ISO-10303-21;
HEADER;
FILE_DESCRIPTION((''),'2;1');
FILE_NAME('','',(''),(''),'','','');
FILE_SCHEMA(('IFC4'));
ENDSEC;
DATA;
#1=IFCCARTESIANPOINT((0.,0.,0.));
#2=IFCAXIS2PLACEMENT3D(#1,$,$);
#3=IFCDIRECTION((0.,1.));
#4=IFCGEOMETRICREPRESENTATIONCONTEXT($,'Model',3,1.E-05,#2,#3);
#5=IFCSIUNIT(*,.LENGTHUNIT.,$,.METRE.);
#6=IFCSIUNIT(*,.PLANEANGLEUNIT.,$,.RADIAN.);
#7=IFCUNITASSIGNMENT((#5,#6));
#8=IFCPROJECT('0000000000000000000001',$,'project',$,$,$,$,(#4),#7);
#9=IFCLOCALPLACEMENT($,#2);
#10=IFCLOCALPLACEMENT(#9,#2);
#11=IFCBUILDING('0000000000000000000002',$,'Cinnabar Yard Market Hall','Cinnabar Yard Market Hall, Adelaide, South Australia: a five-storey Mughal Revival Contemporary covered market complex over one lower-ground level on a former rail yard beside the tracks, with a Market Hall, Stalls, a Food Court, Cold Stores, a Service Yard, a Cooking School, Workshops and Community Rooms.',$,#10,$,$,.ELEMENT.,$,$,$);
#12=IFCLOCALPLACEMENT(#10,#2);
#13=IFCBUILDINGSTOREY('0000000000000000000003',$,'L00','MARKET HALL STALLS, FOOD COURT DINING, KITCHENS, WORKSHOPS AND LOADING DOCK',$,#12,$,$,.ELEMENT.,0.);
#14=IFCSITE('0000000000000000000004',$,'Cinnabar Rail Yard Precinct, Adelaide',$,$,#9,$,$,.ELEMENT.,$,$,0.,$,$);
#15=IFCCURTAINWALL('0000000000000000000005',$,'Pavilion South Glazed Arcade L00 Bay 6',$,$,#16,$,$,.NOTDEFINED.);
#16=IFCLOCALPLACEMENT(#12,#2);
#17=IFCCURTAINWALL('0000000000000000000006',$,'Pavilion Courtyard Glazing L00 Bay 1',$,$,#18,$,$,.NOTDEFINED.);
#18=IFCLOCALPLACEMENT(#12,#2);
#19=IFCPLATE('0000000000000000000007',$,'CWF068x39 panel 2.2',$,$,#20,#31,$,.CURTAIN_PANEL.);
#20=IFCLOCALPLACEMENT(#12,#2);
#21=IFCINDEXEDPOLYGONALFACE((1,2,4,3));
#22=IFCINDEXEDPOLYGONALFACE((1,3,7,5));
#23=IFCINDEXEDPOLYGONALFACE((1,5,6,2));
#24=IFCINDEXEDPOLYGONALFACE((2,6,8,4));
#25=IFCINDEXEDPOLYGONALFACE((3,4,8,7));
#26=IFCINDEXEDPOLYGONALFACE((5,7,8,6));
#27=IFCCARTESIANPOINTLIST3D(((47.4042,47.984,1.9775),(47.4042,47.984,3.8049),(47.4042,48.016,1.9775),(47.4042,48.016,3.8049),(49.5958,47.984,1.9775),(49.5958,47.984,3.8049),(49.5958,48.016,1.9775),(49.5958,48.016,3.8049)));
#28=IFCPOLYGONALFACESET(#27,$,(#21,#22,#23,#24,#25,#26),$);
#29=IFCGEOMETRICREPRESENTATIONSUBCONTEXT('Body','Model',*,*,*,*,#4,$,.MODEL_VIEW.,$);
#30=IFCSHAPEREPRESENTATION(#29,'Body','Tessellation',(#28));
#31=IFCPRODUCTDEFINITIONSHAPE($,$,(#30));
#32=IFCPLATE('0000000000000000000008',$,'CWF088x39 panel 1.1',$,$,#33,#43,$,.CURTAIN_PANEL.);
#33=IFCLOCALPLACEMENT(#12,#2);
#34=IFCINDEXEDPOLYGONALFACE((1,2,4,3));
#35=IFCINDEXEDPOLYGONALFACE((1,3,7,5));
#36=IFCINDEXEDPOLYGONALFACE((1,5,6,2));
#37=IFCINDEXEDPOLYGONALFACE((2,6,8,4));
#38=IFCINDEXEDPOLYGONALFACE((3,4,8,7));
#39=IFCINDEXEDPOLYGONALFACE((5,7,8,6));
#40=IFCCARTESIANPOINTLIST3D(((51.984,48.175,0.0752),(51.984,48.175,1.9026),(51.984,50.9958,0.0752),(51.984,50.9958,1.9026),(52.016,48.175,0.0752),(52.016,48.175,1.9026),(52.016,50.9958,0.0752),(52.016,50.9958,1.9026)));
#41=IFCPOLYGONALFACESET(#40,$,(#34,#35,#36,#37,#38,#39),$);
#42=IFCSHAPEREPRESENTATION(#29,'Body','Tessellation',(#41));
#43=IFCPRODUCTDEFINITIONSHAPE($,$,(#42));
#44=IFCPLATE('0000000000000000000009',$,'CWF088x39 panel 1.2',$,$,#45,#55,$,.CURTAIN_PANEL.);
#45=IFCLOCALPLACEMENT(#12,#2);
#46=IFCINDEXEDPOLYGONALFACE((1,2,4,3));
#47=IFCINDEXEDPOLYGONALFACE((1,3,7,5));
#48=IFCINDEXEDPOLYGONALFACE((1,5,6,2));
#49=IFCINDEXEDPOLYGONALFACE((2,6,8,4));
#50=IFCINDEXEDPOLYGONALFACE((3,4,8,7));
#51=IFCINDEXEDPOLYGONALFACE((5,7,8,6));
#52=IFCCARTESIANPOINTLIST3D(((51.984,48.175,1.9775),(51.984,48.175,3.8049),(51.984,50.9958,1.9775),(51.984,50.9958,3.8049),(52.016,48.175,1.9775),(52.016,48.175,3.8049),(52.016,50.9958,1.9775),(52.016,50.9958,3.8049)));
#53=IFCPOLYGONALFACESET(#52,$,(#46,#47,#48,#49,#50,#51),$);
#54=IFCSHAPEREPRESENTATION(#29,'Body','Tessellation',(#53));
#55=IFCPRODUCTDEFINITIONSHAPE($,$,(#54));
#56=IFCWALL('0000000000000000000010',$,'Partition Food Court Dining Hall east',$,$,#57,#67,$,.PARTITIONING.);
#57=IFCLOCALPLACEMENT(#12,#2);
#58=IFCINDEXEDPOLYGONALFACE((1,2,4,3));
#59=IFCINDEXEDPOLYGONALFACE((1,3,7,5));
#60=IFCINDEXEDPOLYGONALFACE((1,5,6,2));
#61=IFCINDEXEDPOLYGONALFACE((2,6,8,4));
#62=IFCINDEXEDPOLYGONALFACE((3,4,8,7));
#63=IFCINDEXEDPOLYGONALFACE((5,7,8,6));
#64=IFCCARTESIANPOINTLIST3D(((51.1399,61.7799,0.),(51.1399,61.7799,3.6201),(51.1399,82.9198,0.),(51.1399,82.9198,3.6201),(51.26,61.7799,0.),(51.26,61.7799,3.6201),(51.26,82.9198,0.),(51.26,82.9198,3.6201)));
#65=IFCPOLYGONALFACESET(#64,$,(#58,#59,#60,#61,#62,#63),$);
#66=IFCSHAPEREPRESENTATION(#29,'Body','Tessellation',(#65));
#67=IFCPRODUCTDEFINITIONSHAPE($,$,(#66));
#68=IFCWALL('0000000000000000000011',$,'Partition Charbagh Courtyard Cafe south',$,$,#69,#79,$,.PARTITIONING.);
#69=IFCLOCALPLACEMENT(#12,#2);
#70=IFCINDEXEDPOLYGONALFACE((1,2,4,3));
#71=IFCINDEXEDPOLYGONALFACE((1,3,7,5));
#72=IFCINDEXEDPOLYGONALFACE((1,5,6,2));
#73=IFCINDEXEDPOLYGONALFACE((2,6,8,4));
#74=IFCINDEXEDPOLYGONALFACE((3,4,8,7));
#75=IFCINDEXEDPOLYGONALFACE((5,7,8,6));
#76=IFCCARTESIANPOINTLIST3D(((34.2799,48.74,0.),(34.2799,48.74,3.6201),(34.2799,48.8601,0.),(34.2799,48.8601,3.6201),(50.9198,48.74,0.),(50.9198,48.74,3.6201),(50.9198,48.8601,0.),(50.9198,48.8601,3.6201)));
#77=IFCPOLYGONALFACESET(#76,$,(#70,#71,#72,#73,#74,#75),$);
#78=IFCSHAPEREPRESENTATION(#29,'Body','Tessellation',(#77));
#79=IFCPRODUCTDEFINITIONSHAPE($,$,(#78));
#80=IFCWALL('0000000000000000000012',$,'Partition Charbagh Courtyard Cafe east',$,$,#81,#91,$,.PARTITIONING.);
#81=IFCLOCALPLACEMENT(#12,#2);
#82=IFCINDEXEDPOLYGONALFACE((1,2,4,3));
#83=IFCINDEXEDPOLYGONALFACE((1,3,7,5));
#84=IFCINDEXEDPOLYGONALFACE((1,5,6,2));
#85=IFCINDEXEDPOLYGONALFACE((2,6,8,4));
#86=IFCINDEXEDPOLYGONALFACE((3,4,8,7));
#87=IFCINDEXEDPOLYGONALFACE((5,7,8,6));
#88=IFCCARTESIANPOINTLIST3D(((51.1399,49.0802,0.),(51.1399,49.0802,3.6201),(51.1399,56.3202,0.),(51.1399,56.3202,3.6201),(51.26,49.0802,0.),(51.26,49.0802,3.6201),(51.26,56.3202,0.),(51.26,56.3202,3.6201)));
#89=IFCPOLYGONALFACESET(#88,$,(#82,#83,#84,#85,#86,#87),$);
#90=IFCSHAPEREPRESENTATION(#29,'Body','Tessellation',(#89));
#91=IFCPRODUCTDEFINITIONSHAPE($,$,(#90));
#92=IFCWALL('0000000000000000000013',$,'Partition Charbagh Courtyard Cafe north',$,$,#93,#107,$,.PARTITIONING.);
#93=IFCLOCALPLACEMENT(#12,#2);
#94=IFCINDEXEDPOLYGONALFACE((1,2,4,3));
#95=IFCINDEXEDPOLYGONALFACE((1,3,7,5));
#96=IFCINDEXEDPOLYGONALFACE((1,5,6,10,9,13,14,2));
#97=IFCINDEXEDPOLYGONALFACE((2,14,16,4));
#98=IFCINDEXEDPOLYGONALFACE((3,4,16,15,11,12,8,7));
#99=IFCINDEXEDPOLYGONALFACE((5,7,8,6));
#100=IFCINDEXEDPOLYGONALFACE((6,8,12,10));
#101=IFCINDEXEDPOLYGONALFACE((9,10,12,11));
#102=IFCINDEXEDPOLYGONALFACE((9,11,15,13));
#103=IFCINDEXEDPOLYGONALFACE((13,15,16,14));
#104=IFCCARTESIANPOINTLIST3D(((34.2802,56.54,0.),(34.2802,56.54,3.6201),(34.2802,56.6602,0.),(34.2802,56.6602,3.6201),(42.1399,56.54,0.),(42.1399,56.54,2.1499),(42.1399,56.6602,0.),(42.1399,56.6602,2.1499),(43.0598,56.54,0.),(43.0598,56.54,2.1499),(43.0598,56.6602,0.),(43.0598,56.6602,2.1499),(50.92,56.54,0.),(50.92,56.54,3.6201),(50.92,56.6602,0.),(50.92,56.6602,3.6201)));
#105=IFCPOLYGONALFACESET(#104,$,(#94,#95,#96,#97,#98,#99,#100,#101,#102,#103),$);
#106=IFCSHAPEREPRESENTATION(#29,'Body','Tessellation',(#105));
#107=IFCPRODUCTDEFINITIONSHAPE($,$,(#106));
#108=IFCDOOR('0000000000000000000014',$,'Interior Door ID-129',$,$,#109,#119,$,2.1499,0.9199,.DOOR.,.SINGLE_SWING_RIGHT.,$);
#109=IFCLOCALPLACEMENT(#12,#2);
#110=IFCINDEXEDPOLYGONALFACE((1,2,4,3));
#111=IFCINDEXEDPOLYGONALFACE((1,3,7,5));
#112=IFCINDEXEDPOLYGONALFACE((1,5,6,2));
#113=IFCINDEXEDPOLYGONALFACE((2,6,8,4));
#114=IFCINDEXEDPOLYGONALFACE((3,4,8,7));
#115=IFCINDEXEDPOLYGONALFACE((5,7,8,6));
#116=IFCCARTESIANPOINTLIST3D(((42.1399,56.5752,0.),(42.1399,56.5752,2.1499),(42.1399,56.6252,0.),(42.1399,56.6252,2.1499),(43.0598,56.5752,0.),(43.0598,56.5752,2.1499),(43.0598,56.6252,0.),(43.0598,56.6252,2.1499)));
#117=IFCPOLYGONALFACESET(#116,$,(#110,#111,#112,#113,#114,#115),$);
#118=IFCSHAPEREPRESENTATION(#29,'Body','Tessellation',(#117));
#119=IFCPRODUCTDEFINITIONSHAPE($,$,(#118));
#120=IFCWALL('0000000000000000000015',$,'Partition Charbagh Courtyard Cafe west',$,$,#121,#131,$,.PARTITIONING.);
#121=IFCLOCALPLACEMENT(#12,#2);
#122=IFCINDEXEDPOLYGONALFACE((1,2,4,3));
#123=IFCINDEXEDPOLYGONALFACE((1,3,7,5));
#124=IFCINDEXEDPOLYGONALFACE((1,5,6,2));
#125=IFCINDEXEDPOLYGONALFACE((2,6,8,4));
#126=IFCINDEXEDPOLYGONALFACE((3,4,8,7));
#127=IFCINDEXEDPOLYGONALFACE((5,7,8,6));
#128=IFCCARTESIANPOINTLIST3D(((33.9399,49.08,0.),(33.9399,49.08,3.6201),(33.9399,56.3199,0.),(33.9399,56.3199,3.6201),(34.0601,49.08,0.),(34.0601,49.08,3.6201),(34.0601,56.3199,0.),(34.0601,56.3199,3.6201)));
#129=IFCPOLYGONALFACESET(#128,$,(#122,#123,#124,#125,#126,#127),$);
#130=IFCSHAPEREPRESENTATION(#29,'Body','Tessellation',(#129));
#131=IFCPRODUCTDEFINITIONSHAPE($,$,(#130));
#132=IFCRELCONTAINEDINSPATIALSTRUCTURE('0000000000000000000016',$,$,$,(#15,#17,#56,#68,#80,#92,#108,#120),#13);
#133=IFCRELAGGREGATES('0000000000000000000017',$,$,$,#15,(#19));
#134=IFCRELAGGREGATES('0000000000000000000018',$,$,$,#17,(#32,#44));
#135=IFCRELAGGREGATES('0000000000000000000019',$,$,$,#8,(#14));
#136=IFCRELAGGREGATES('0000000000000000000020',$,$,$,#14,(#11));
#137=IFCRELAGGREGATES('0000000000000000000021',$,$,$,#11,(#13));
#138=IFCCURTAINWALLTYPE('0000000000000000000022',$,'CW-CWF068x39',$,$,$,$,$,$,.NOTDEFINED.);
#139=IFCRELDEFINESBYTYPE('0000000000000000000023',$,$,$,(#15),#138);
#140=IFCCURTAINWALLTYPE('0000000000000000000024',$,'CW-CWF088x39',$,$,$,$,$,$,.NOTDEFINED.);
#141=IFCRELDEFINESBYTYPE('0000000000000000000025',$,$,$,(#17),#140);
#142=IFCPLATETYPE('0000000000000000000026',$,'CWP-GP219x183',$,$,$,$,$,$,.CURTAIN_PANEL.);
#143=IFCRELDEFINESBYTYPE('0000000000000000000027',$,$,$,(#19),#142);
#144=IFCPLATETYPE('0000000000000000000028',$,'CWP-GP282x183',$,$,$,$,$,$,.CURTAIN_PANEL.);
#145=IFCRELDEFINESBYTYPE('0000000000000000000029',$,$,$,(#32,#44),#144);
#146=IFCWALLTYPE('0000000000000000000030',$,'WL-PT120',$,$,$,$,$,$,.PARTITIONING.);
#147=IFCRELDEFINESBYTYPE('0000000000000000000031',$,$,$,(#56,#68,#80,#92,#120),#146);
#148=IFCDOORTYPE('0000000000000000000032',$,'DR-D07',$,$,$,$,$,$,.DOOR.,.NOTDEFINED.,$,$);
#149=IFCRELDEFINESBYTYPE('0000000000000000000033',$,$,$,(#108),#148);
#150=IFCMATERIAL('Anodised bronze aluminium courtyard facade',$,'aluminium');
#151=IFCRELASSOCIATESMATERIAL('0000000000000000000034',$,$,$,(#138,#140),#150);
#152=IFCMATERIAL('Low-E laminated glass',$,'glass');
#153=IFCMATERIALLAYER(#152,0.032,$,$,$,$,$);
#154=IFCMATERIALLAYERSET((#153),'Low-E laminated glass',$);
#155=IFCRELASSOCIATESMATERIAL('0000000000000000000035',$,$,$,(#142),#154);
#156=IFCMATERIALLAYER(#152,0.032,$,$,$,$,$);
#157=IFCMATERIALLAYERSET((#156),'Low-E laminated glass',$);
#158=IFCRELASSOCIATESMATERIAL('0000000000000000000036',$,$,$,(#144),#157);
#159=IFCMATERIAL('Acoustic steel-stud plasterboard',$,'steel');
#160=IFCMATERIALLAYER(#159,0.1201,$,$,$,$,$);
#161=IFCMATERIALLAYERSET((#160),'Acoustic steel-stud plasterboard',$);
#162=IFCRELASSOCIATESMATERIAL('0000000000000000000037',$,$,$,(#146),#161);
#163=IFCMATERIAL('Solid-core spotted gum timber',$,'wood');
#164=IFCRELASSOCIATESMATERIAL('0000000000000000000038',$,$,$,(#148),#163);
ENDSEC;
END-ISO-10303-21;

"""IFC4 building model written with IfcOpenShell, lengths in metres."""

from ifc_helpers import new_model, si_unit, direction, frame, frame_2d, origin, origin_2d_with_axis, place, context, subcontext, project, spatial, rectangle, extrude, material, layer, layer_set, type_object, element, fill, aggregate, save


model = new_model("IFC4")

# Units and contexts
model_context = context("Model", 3, precision=1e-05, world=origin(), true_north=direction((0.0, 1.0)))
body_context = subcontext(model_context, "Body", "Model", "MODEL_VIEW")
ifc_project = project(units=[si_unit("LENGTHUNIT", "METRE"), si_unit("PLANEANGLEUNIT", "RADIAN")], contexts=[model_context])

# Site, building, storey
site_placement = place(None, origin())
site = spatial("IfcSite", under=ifc_project, at=site_placement, Name="Cinnabar Rail Yard Precinct, Adelaide", CompositionType="ELEMENT", RefElevation=0.0)
building_placement = place(site_placement, origin())
building = spatial("IfcBuilding", under=site, at=building_placement, Name="Cinnabar Yard Market Hall", Description="Cinnabar Yard Market Hall, Adelaide, South Australia: a five-storey Mughal Revival Contemporary covered market complex over one lower-ground level on a former rail yard beside the tracks, with a Market Hall, Stalls, a Food Court, Cold Stores, a Service Yard, a Cooking School, Workshops and Community Rooms.", CompositionType="ELEMENT")
storey_placement = place(building_placement, origin())
storey = spatial("IfcBuildingStorey", under=building, at=storey_placement, Name="L00", Description="MARKET HALL STALLS, FOOD COURT DINING, KITCHENS, WORKSHOPS AND LOADING DOCK", CompositionType="ELEMENT", Elevation=0.0)

# Curtain walls
ifc_material_1 = material(Name="Anodised bronze aluminium courtyard facade", Category="aluminium")
curtain_wall_type_1 = type_object("IfcCurtainWallType", Name="CW-CWF068x39", PredefinedType="NOTDEFINED", material=ifc_material_1)
curtain_wall_1_placement = place(storey_placement, origin())
curtain_wall_1 = element("IfcCurtainWall", 1, at=curtain_wall_1_placement, inside=storey, type_object=curtain_wall_type_1, Name="Pavilion South Glazed Arcade L00 Bay 6", PredefinedType="NOTDEFINED")
curtain_wall_type_2 = type_object("IfcCurtainWallType", Name="CW-CWF088x39", PredefinedType="NOTDEFINED", material=ifc_material_1)
curtain_wall_2_placement = place(storey_placement, origin())
curtain_wall_2 = element("IfcCurtainWall", 2, at=curtain_wall_2_placement, inside=storey, type_object=curtain_wall_type_2, Name="Pavilion Courtyard Glazing L00 Bay 1", PredefinedType="NOTDEFINED")

# Plates
ifc_material_2 = material(Name="Low-E laminated glass", Category="glass")
ifc_layer_1 = layer(ifc_material_2, 0.032)
ifc_layer_set_1 = layer_set([ifc_layer_1], Name="Low-E laminated glass")
plate_type_1 = type_object("IfcPlateType", Name="CWP-GP219x183", PredefinedType="CURTAIN_PANEL", material=ifc_layer_set_1)
plate_1_placement = place(storey_placement, frame((48.5, 48.0, 1.9775), z_axis=(0.0, 0.0, 1.0), x_axis=(1.0, 0.0, 0.0)))
plate_1 = element("IfcPlate", 3, at=plate_1_placement, type_object=plate_type_1, Name="CWF068x39 panel 2.2", PredefinedType="CURTAIN_PANEL", context=body_context, shape_type="SweptSolid", body=[
    extrude(rectangle(XDim=2.1917, YDim=0.032, at=origin_2d_with_axis()), origin(), (0.0, 0.0, 1.0), 1.8274),
])
aggregate(curtain_wall_1, [plate_1])
ifc_layer_2 = layer(ifc_material_2, 0.032)
ifc_layer_set_2 = layer_set([ifc_layer_2], Name="Low-E laminated glass")
plate_type_2 = type_object("IfcPlateType", Name="CWP-GP282x183", PredefinedType="CURTAIN_PANEL", material=ifc_layer_set_2)
plate_2_placement = place(storey_placement, frame((52.0, 49.5854, 0.0752), z_axis=(0.0, 0.0, 1.0), x_axis=(0.0, 1.0, 0.0)))
plate_2 = element("IfcPlate", 4, at=plate_2_placement, type_object=plate_type_2, Name="CWF088x39 panel 1.1", PredefinedType="CURTAIN_PANEL", context=body_context, shape_type="SweptSolid", body=[
    extrude(rectangle(XDim=2.8208, YDim=0.032, at=origin_2d_with_axis()), origin(), (0.0, 0.0, 1.0), 1.8274),
])
plate_3_placement = place(storey_placement, frame((52.0, 49.5854, 1.9775), z_axis=(0.0, 0.0, 1.0), x_axis=(0.0, 1.0, 0.0)))
plate_3 = element("IfcPlate", 5, at=plate_3_placement, type_object=plate_type_2, Name="CWF088x39 panel 1.2", PredefinedType="CURTAIN_PANEL", context=body_context, shape_type="SweptSolid", body=[
    extrude(rectangle(XDim=2.8208, YDim=0.032, at=origin_2d_with_axis()), origin(), (0.0, 0.0, 1.0), 1.8274),
])
aggregate(curtain_wall_2, [plate_2, plate_3])

# Walls
ifc_material_3 = material(Name="Acoustic steel-stud plasterboard", Category="steel")
ifc_layer_3 = layer(ifc_material_3, 0.1201)
ifc_layer_set_3 = layer_set([ifc_layer_3], Name="Acoustic steel-stud plasterboard")
wall_type = type_object("IfcWallType", Name="WL-PT120", PredefinedType="PARTITIONING", material=ifc_layer_set_3)
wall_1_placement = place(storey_placement, frame((51.2, 61.78, 0.0), z_axis=(0.0, 0.0, 1.0), x_axis=(0.0, 1.0, 0.0)))
element("IfcWall", 6, at=wall_1_placement, inside=storey, type_object=wall_type, Name="Partition Food Court Dining Hall east", PredefinedType="PARTITIONING", context=body_context, shape_type="SweptSolid", body=[
    extrude(rectangle(XDim=21.1399, YDim=0.1201, at=frame_2d((10.5698, 0.0), x_axis=(1.0, 0.0))), origin(), (0.0, 0.0, 1.0), 3.6201),
])
wall_2_placement = place(storey_placement, frame((34.28, 48.8, 0.0), z_axis=(0.0, 0.0, 1.0), x_axis=(1.0, 0.0, 0.0)))
element("IfcWall", 7, at=wall_2_placement, inside=storey, type_object=wall_type, Name="Partition Charbagh Courtyard Cafe south", PredefinedType="PARTITIONING", context=body_context, shape_type="SweptSolid", body=[
    extrude(rectangle(XDim=16.6399, YDim=0.1201, at=frame_2d((8.3198, 0.0), x_axis=(1.0, 0.0))), origin(), (0.0, 0.0, 1.0), 3.6201),
])
wall_3_placement = place(storey_placement, frame((51.2, 49.0801, 0.0), z_axis=(0.0, 0.0, 1.0), x_axis=(0.0, 1.0, 0.0)))
element("IfcWall", 8, at=wall_3_placement, inside=storey, type_object=wall_type, Name="Partition Charbagh Courtyard Cafe east", PredefinedType="PARTITIONING", context=body_context, shape_type="SweptSolid", body=[
    extrude(rectangle(XDim=7.24, YDim=0.1201, at=frame_2d((3.6201, 0.0), x_axis=(1.0, 0.0))), origin(), (0.0, 0.0, 1.0), 3.6201),
])

# Wall, opening, door
wall_4_placement = place(storey_placement, frame((50.9199, 56.6001, 0.0), z_axis=(0.0, 0.0, 1.0), x_axis=(-1.0, 0.0, 0.0)))
wall_4 = element("IfcWall", 9, at=wall_4_placement, inside=storey, type_object=wall_type, Name="Partition Charbagh Courtyard Cafe north", PredefinedType="PARTITIONING", context=body_context, shape_type="SweptSolid", body=[
    extrude(rectangle(XDim=16.6399, YDim=0.1201, at=frame_2d((8.3198, 0.0), x_axis=(1.0, 0.0))), origin(), (0.0, 0.0, 1.0), 3.6201),
])
opening_placement = place(wall_4_placement, frame((7.8601, 0.0, 0.0)))
opening = element("IfcOpeningElement", 10, at=opening_placement, cuts=wall_4, PredefinedType="OPENING", context=body_context, shape_type="SweptSolid", body=[
    extrude(rectangle(XDim=0.9199, YDim=2.1499, at=frame_2d((0.46, 1.075), x_axis=(1.0, 0.0))), frame((0.0, 0.0701, 0.0), z_axis=(0.0, -1.0, 0.0), x_axis=(1.0, 0.0, 0.0)), (0.0, 0.0, 1.0), 0.1401),
])
ifc_material_4 = material(Name="Solid-core spotted gum timber", Category="wood")
door_type = type_object("IfcDoorType", Name="DR-D07", OperationType="NOTDEFINED", PredefinedType="DOOR", material=ifc_material_4)
door_placement = place(opening_placement, origin())
door = element("IfcDoor", 11, at=door_placement, inside=storey, type_object=door_type, Name="Interior Door ID-129", OperationType="SINGLE_SWING_RIGHT", OverallHeight=2.1499, OverallWidth=0.9199, PredefinedType="DOOR", context=body_context, shape_type="SweptSolid", body=[
    extrude(rectangle(XDim=0.9199, YDim=2.1499, at=frame_2d((0.46, 1.075), x_axis=(1.0, 0.0))), frame((0.0, 0.0249, 0.0), z_axis=(0.0, -1.0, 0.0), x_axis=(1.0, 0.0, 0.0)), (0.0, 0.0, 1.0), 0.05),
])
fill(opening, door)

# Wall
wall_5_placement = place(storey_placement, frame((34.0, 56.3201, 0.0), z_axis=(0.0, 0.0, 1.0), x_axis=(0.0, -1.0, 0.0)))
element("IfcWall", 12, at=wall_5_placement, inside=storey, type_object=wall_type, Name="Partition Charbagh Courtyard Cafe west", PredefinedType="PARTITIONING", context=body_context, shape_type="SweptSolid", body=[
    extrude(rectangle(XDim=7.24, YDim=0.1201, at=frame_2d((3.6201, 0.0), x_axis=(1.0, 0.0))), origin(), (0.0, 0.0, 1.0), 3.6201),
])

save(model, "model.ifc")
